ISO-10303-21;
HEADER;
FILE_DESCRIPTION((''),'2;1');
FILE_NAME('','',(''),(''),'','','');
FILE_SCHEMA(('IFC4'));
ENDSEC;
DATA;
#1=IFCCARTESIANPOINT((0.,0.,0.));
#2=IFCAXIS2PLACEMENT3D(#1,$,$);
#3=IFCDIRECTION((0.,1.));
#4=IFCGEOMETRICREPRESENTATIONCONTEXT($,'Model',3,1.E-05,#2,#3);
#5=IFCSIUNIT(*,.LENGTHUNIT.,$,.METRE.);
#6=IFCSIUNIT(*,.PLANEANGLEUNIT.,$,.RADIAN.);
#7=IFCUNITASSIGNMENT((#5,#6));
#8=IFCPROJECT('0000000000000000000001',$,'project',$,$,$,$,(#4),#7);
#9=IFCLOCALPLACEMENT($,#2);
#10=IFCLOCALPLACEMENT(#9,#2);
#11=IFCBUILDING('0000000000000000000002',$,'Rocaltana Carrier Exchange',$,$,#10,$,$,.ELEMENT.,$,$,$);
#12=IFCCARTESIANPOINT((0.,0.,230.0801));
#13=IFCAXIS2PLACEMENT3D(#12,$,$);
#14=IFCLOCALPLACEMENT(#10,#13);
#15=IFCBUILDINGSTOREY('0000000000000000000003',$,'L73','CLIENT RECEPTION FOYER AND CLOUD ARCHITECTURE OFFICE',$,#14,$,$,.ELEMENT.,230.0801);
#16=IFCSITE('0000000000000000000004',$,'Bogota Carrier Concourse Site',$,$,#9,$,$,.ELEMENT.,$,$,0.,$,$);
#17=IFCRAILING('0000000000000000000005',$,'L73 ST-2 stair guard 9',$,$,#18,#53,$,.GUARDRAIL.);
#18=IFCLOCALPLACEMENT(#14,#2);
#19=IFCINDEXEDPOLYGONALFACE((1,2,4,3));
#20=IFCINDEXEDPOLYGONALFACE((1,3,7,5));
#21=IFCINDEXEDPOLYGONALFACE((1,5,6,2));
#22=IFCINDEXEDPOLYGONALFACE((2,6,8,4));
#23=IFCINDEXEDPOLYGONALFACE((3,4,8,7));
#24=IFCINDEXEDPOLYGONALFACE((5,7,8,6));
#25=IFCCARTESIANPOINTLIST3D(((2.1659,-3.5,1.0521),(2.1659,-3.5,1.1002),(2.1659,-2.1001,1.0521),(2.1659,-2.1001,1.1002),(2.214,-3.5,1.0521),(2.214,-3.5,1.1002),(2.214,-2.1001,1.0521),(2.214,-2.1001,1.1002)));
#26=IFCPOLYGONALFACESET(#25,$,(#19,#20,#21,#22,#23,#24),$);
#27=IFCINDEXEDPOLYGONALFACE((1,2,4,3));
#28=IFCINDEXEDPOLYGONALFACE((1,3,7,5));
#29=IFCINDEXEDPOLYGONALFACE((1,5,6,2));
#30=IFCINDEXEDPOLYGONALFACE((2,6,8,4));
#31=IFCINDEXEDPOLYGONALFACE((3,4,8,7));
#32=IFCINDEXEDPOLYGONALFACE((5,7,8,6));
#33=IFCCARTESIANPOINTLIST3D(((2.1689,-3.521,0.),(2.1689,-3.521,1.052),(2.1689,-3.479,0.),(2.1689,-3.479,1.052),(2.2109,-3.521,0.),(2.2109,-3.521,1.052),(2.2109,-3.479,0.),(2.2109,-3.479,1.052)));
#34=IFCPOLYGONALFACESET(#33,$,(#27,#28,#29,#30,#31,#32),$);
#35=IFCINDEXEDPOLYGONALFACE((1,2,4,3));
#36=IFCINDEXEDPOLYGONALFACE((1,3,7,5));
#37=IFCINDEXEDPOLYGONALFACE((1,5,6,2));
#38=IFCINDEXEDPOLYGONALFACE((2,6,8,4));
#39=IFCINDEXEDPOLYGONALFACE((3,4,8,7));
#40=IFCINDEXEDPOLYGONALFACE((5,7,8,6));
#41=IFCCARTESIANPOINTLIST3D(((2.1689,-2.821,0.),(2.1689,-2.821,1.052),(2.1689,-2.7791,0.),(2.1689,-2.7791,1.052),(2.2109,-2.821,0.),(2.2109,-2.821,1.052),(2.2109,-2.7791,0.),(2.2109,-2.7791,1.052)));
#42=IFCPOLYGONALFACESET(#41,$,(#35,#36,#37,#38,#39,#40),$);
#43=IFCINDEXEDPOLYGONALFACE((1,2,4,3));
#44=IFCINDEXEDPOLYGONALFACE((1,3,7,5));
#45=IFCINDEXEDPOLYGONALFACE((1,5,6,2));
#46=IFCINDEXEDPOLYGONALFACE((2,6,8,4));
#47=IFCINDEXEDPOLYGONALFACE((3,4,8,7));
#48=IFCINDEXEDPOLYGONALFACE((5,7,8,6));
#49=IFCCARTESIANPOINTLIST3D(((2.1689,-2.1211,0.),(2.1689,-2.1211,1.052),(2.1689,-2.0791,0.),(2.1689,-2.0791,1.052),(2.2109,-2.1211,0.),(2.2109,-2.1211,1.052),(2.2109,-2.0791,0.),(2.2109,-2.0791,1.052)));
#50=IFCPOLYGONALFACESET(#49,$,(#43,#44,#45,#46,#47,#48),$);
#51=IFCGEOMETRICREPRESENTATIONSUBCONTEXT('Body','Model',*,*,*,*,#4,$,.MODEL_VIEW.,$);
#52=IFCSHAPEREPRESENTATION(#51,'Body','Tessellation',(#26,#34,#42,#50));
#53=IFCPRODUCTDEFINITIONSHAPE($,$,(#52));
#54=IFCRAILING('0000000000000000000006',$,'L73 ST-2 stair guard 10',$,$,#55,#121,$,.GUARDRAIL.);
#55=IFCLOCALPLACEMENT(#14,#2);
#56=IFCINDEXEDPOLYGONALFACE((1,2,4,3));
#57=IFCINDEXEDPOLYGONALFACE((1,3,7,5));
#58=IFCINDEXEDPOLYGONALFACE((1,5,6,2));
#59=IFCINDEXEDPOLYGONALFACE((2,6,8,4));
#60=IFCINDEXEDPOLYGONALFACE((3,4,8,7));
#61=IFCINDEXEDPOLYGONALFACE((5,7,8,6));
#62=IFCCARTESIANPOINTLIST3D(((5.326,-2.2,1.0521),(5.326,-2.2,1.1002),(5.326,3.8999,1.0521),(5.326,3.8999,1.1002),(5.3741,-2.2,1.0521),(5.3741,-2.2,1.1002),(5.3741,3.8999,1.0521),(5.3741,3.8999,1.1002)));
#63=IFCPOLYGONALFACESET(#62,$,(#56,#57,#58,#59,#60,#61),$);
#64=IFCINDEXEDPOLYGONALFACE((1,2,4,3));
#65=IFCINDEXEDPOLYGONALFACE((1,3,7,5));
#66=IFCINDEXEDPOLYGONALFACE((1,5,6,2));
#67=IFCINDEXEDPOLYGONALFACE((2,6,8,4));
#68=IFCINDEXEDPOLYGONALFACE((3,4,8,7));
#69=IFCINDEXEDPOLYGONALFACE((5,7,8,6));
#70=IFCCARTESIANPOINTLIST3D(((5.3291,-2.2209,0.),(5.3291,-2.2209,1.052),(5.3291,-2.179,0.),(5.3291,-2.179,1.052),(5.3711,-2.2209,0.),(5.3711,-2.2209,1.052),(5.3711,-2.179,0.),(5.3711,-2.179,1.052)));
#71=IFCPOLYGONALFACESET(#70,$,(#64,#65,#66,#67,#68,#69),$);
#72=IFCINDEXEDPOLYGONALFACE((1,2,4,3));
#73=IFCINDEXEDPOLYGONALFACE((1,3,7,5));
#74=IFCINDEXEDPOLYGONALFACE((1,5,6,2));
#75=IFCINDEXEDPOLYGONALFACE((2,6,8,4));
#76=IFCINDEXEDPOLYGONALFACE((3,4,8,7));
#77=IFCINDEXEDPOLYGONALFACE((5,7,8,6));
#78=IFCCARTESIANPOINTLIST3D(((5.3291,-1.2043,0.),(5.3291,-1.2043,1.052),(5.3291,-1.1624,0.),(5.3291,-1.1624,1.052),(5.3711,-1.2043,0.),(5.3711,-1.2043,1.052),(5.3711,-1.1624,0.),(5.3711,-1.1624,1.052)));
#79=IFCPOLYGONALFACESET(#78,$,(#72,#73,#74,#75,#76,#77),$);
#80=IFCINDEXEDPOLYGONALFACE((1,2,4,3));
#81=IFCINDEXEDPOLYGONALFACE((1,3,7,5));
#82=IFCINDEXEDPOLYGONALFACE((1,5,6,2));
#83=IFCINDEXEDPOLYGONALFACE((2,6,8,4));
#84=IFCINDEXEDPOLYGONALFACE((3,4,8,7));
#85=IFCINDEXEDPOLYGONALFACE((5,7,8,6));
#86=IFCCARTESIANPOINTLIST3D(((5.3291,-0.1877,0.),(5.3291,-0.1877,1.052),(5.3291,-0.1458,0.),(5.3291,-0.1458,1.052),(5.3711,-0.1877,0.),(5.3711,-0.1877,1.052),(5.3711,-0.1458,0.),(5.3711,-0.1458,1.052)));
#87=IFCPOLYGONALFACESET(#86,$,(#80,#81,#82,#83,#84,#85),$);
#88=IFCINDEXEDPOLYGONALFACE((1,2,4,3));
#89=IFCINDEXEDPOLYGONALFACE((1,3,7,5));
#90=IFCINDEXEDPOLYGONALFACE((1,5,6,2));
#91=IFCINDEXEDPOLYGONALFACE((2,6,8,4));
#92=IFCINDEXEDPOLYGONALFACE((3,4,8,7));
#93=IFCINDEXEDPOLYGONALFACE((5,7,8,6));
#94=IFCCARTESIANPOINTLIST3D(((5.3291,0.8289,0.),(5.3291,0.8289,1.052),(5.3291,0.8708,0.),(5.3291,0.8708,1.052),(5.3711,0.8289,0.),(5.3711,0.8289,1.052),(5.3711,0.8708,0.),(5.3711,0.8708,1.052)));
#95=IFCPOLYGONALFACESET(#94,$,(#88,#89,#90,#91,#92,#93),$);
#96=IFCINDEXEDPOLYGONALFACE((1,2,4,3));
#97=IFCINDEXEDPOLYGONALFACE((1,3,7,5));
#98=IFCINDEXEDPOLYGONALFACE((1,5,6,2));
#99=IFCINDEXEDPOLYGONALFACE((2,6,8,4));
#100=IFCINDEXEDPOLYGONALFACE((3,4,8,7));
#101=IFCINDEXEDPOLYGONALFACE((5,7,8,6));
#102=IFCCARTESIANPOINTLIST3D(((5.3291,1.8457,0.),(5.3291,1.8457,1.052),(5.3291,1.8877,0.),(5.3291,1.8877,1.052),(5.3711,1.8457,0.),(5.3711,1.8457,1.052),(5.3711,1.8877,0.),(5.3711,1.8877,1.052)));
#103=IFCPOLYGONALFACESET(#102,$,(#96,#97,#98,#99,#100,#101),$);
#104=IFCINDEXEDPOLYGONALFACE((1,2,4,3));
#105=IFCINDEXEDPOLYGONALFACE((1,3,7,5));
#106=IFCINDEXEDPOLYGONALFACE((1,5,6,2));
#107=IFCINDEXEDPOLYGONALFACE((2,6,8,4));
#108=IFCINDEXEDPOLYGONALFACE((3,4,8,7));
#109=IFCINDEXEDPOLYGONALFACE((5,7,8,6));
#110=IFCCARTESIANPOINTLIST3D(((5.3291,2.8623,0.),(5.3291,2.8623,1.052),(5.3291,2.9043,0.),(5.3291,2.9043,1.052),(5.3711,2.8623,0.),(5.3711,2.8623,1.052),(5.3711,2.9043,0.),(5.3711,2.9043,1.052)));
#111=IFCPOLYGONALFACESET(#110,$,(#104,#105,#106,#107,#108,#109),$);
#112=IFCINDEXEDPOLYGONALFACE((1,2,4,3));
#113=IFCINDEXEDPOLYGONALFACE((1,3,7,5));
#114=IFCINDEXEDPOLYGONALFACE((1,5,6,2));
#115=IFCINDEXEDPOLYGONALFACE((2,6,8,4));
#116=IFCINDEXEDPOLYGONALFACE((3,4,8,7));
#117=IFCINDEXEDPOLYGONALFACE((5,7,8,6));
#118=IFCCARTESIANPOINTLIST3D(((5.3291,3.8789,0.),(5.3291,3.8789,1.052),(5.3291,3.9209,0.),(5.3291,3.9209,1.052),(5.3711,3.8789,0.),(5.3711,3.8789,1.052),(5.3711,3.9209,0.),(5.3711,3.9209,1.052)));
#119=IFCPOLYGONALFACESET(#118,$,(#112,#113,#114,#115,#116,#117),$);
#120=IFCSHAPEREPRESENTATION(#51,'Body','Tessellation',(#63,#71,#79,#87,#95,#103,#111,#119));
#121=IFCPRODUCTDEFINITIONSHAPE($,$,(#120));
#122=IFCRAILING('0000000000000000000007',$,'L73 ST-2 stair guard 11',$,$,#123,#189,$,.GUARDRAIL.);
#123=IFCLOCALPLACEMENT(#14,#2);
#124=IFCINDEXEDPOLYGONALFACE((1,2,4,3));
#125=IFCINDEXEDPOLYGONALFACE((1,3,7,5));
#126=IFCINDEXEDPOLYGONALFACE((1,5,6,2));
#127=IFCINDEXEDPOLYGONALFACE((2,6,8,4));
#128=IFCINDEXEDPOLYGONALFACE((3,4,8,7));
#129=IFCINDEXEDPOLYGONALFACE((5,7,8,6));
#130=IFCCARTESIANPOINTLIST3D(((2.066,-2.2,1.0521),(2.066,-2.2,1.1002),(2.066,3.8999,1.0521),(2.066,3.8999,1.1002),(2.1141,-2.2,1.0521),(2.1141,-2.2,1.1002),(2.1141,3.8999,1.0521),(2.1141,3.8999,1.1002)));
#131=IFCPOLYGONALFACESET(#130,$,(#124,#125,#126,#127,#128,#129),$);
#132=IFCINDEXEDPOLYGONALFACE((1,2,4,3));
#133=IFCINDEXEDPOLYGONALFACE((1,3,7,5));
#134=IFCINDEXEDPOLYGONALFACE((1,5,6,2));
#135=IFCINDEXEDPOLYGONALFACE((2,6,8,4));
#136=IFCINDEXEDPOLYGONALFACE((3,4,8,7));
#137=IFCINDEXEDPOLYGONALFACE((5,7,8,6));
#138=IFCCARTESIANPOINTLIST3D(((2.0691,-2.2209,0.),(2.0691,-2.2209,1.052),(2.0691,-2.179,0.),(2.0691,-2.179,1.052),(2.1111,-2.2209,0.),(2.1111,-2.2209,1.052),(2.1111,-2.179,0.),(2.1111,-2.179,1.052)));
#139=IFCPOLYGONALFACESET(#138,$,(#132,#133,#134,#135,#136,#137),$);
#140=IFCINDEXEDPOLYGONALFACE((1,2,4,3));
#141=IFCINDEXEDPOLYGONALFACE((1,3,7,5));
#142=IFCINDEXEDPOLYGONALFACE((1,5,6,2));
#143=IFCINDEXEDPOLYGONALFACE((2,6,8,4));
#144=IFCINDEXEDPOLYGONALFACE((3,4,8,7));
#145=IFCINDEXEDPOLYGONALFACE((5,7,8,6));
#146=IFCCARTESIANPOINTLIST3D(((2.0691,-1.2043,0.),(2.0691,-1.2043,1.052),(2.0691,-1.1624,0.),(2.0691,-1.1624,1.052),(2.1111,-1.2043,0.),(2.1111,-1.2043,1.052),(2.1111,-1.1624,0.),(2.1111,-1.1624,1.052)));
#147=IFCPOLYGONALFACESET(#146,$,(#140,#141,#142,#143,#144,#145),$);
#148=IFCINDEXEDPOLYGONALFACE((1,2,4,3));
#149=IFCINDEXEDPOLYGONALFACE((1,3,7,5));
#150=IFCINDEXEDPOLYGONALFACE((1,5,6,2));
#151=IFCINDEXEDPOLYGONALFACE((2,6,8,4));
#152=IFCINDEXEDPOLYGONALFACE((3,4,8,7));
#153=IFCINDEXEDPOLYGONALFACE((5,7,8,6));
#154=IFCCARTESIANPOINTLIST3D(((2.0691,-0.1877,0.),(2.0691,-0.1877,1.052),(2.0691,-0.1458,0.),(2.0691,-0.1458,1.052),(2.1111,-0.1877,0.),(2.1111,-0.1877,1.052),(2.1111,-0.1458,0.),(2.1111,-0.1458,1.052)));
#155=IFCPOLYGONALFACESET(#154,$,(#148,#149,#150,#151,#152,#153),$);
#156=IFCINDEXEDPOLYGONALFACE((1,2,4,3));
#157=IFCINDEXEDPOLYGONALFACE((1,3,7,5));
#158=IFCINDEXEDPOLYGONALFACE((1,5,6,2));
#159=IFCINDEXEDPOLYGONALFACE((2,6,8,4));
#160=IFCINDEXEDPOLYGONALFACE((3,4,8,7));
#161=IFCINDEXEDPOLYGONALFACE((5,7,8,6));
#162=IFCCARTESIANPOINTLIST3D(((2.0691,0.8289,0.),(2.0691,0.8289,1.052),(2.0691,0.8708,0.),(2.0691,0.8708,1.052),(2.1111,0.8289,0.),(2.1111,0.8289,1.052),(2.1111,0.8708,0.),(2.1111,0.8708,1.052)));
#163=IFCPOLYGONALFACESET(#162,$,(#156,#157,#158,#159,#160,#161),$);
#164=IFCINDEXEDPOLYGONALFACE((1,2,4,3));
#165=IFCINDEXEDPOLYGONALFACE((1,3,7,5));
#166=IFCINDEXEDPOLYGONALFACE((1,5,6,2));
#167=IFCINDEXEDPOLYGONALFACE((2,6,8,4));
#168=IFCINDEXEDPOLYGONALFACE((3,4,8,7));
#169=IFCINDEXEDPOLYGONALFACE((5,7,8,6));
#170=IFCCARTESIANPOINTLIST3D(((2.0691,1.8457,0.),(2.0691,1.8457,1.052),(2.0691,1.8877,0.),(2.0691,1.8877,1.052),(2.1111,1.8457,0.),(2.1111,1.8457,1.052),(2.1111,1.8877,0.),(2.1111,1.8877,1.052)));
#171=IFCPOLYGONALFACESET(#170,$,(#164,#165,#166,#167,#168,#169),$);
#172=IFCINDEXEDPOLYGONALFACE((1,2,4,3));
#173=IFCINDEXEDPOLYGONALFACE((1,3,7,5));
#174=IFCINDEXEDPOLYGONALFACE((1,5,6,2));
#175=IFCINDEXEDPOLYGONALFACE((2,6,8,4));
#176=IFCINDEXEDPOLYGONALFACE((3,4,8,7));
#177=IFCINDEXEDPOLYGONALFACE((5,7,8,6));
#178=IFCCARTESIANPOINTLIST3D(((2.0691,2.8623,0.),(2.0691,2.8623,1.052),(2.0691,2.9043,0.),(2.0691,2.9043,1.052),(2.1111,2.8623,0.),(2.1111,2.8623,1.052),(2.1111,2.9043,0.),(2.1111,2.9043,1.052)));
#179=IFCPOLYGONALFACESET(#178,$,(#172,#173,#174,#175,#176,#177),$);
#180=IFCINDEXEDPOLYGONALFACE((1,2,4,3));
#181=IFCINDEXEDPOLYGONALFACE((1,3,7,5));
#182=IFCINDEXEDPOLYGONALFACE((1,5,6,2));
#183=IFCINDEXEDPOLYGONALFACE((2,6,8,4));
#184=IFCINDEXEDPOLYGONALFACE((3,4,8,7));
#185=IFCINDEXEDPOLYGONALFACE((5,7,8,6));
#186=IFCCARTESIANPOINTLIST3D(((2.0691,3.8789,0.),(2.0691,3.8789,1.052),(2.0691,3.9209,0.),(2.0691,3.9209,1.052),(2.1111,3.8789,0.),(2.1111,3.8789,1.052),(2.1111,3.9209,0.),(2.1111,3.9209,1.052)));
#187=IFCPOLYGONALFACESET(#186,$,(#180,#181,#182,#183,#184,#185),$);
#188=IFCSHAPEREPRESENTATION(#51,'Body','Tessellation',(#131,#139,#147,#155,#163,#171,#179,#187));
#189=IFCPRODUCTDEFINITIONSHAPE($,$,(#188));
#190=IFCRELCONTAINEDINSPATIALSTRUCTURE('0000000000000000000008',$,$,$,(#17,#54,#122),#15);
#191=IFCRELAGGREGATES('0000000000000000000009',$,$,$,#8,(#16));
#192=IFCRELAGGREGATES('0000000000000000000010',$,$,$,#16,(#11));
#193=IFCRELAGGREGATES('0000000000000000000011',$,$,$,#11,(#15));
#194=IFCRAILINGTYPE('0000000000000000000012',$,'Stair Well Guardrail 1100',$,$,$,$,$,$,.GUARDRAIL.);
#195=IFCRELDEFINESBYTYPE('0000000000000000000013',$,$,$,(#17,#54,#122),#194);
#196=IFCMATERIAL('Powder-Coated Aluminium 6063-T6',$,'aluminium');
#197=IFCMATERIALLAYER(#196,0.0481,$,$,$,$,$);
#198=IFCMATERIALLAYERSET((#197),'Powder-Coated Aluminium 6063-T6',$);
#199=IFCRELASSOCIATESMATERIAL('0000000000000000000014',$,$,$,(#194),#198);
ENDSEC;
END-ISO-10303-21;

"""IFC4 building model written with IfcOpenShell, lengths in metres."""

from ifc_helpers import new_model, si_unit, direction, frame, origin, origin_2d, place, context, subcontext, project, spatial, rectangle, extrude, material, layer, layer_set, type_object, element, save


model = new_model("IFC4")

# Units and contexts
model_context = context("Model", 3, precision=1e-05, world=origin(), true_north=direction((0.0, 1.0)))
body_context = subcontext(model_context, "Body", "Model", "MODEL_VIEW")
ifc_project = project(units=[si_unit("LENGTHUNIT", "METRE"), si_unit("PLANEANGLEUNIT", "RADIAN")], contexts=[model_context])

# Site, building, storey
site_placement = place(None, origin())
site = spatial("IfcSite", under=ifc_project, at=site_placement, Name="Bogota Carrier Concourse Site", CompositionType="ELEMENT", RefElevation=0.0)
building_placement = place(site_placement, origin())
building = spatial("IfcBuilding", under=site, at=building_placement, Name="Rocaltana Carrier Exchange", CompositionType="ELEMENT")
storey_placement = place(building_placement, frame((0.0, 0.0, 230.0801)))
storey = spatial("IfcBuildingStorey", under=building, at=storey_placement, Name="L73", Description="CLIENT RECEPTION FOYER AND CLOUD ARCHITECTURE OFFICE", CompositionType="ELEMENT", Elevation=230.0801)

# Railings
ifc_material_1 = material(Name="Powder-Coated Aluminium 6063-T6", Category="aluminium")
ifc_layer_1 = layer(ifc_material_1, 0.0481)
ifc_layer_set_1 = layer_set([ifc_layer_1], Name="Powder-Coated Aluminium 6063-T6")
railing_type_1 = type_object("IfcRailingType", Name="Stair Well Guardrail 1100", PredefinedType="GUARDRAIL", material=ifc_layer_set_1)
for number, where, name in (
    (1, (2.1899, -3.5, 0.0), "L73 ST-2 stair guard 9"),
):
    element("IfcRailing", number, at=place(storey_placement, frame(where)), inside=storey, type_object=railing_type_1, Name=name, PredefinedType="GUARDRAIL", context=body_context, shape_type="SweptSolid", body=[
        extrude(rectangle(XDim=0.0481, YDim=0.0481, at=origin_2d()), frame((0.0, 0.0, 1.0762), z_axis=(0.0, 1.0, 0.0), x_axis=(-1.0, 0.0, 0.0)), (0.0, 0.0, 1.0), 1.3999),
        extrude(rectangle(XDim=0.042, YDim=0.042, at=origin_2d()), origin(), (0.0, 0.0, 1.0), 1.052),
        extrude(rectangle(XDim=0.042, YDim=0.042, at=origin_2d()), frame((0.0, 0.7, 0.0)), (0.0, 0.0, 1.0), 1.052),
        extrude(rectangle(XDim=0.042, YDim=0.042, at=origin_2d()), frame((0.0, 1.3999, 0.0)), (0.0, 0.0, 1.0), 1.052),
    ])
for number, where, name in (
    (2, (5.3501, -2.2, 0.0), "L73 ST-2 stair guard 10"),
    (3, (2.0901, -2.2, 0.0), "L73 ST-2 stair guard 11"),
):
    element("IfcRailing", number, at=place(storey_placement, frame(where)), inside=storey, type_object=railing_type_1, Name=name, PredefinedType="GUARDRAIL", context=body_context, shape_type="SweptSolid", body=[
        extrude(rectangle(XDim=0.0481, YDim=0.0481, at=origin_2d()), frame((0.0, 0.0, 1.0762), z_axis=(0.0, 1.0, 0.0), x_axis=(-1.0, 0.0, 0.0)), (0.0, 0.0, 1.0), 6.0999),
        extrude(rectangle(XDim=0.042, YDim=0.042, at=origin_2d()), origin(), (0.0, 0.0, 1.0), 1.052),
        extrude(rectangle(XDim=0.042, YDim=0.042, at=origin_2d()), frame((0.0, 1.0166, 0.0)), (0.0, 0.0, 1.0), 1.052),
        extrude(rectangle(XDim=0.042, YDim=0.042, at=origin_2d()), frame((0.0, 2.0332, 0.0)), (0.0, 0.0, 1.0), 1.052),
        extrude(rectangle(XDim=0.042, YDim=0.042, at=origin_2d()), frame((0.0, 3.0498, 0.0)), (0.0, 0.0, 1.0), 1.052),
        extrude(rectangle(XDim=0.042, YDim=0.042, at=origin_2d()), frame((0.0, 4.0667, 0.0)), (0.0, 0.0, 1.0), 1.052),
        extrude(rectangle(XDim=0.042, YDim=0.042, at=origin_2d()), frame((0.0, 5.0833, 0.0)), (0.0, 0.0, 1.0), 1.052),
        extrude(rectangle(XDim=0.042, YDim=0.042, at=origin_2d()), frame((0.0, 6.0999, 0.0)), (0.0, 0.0, 1.0), 1.052),
    ])

save(model, "model.ifc")
